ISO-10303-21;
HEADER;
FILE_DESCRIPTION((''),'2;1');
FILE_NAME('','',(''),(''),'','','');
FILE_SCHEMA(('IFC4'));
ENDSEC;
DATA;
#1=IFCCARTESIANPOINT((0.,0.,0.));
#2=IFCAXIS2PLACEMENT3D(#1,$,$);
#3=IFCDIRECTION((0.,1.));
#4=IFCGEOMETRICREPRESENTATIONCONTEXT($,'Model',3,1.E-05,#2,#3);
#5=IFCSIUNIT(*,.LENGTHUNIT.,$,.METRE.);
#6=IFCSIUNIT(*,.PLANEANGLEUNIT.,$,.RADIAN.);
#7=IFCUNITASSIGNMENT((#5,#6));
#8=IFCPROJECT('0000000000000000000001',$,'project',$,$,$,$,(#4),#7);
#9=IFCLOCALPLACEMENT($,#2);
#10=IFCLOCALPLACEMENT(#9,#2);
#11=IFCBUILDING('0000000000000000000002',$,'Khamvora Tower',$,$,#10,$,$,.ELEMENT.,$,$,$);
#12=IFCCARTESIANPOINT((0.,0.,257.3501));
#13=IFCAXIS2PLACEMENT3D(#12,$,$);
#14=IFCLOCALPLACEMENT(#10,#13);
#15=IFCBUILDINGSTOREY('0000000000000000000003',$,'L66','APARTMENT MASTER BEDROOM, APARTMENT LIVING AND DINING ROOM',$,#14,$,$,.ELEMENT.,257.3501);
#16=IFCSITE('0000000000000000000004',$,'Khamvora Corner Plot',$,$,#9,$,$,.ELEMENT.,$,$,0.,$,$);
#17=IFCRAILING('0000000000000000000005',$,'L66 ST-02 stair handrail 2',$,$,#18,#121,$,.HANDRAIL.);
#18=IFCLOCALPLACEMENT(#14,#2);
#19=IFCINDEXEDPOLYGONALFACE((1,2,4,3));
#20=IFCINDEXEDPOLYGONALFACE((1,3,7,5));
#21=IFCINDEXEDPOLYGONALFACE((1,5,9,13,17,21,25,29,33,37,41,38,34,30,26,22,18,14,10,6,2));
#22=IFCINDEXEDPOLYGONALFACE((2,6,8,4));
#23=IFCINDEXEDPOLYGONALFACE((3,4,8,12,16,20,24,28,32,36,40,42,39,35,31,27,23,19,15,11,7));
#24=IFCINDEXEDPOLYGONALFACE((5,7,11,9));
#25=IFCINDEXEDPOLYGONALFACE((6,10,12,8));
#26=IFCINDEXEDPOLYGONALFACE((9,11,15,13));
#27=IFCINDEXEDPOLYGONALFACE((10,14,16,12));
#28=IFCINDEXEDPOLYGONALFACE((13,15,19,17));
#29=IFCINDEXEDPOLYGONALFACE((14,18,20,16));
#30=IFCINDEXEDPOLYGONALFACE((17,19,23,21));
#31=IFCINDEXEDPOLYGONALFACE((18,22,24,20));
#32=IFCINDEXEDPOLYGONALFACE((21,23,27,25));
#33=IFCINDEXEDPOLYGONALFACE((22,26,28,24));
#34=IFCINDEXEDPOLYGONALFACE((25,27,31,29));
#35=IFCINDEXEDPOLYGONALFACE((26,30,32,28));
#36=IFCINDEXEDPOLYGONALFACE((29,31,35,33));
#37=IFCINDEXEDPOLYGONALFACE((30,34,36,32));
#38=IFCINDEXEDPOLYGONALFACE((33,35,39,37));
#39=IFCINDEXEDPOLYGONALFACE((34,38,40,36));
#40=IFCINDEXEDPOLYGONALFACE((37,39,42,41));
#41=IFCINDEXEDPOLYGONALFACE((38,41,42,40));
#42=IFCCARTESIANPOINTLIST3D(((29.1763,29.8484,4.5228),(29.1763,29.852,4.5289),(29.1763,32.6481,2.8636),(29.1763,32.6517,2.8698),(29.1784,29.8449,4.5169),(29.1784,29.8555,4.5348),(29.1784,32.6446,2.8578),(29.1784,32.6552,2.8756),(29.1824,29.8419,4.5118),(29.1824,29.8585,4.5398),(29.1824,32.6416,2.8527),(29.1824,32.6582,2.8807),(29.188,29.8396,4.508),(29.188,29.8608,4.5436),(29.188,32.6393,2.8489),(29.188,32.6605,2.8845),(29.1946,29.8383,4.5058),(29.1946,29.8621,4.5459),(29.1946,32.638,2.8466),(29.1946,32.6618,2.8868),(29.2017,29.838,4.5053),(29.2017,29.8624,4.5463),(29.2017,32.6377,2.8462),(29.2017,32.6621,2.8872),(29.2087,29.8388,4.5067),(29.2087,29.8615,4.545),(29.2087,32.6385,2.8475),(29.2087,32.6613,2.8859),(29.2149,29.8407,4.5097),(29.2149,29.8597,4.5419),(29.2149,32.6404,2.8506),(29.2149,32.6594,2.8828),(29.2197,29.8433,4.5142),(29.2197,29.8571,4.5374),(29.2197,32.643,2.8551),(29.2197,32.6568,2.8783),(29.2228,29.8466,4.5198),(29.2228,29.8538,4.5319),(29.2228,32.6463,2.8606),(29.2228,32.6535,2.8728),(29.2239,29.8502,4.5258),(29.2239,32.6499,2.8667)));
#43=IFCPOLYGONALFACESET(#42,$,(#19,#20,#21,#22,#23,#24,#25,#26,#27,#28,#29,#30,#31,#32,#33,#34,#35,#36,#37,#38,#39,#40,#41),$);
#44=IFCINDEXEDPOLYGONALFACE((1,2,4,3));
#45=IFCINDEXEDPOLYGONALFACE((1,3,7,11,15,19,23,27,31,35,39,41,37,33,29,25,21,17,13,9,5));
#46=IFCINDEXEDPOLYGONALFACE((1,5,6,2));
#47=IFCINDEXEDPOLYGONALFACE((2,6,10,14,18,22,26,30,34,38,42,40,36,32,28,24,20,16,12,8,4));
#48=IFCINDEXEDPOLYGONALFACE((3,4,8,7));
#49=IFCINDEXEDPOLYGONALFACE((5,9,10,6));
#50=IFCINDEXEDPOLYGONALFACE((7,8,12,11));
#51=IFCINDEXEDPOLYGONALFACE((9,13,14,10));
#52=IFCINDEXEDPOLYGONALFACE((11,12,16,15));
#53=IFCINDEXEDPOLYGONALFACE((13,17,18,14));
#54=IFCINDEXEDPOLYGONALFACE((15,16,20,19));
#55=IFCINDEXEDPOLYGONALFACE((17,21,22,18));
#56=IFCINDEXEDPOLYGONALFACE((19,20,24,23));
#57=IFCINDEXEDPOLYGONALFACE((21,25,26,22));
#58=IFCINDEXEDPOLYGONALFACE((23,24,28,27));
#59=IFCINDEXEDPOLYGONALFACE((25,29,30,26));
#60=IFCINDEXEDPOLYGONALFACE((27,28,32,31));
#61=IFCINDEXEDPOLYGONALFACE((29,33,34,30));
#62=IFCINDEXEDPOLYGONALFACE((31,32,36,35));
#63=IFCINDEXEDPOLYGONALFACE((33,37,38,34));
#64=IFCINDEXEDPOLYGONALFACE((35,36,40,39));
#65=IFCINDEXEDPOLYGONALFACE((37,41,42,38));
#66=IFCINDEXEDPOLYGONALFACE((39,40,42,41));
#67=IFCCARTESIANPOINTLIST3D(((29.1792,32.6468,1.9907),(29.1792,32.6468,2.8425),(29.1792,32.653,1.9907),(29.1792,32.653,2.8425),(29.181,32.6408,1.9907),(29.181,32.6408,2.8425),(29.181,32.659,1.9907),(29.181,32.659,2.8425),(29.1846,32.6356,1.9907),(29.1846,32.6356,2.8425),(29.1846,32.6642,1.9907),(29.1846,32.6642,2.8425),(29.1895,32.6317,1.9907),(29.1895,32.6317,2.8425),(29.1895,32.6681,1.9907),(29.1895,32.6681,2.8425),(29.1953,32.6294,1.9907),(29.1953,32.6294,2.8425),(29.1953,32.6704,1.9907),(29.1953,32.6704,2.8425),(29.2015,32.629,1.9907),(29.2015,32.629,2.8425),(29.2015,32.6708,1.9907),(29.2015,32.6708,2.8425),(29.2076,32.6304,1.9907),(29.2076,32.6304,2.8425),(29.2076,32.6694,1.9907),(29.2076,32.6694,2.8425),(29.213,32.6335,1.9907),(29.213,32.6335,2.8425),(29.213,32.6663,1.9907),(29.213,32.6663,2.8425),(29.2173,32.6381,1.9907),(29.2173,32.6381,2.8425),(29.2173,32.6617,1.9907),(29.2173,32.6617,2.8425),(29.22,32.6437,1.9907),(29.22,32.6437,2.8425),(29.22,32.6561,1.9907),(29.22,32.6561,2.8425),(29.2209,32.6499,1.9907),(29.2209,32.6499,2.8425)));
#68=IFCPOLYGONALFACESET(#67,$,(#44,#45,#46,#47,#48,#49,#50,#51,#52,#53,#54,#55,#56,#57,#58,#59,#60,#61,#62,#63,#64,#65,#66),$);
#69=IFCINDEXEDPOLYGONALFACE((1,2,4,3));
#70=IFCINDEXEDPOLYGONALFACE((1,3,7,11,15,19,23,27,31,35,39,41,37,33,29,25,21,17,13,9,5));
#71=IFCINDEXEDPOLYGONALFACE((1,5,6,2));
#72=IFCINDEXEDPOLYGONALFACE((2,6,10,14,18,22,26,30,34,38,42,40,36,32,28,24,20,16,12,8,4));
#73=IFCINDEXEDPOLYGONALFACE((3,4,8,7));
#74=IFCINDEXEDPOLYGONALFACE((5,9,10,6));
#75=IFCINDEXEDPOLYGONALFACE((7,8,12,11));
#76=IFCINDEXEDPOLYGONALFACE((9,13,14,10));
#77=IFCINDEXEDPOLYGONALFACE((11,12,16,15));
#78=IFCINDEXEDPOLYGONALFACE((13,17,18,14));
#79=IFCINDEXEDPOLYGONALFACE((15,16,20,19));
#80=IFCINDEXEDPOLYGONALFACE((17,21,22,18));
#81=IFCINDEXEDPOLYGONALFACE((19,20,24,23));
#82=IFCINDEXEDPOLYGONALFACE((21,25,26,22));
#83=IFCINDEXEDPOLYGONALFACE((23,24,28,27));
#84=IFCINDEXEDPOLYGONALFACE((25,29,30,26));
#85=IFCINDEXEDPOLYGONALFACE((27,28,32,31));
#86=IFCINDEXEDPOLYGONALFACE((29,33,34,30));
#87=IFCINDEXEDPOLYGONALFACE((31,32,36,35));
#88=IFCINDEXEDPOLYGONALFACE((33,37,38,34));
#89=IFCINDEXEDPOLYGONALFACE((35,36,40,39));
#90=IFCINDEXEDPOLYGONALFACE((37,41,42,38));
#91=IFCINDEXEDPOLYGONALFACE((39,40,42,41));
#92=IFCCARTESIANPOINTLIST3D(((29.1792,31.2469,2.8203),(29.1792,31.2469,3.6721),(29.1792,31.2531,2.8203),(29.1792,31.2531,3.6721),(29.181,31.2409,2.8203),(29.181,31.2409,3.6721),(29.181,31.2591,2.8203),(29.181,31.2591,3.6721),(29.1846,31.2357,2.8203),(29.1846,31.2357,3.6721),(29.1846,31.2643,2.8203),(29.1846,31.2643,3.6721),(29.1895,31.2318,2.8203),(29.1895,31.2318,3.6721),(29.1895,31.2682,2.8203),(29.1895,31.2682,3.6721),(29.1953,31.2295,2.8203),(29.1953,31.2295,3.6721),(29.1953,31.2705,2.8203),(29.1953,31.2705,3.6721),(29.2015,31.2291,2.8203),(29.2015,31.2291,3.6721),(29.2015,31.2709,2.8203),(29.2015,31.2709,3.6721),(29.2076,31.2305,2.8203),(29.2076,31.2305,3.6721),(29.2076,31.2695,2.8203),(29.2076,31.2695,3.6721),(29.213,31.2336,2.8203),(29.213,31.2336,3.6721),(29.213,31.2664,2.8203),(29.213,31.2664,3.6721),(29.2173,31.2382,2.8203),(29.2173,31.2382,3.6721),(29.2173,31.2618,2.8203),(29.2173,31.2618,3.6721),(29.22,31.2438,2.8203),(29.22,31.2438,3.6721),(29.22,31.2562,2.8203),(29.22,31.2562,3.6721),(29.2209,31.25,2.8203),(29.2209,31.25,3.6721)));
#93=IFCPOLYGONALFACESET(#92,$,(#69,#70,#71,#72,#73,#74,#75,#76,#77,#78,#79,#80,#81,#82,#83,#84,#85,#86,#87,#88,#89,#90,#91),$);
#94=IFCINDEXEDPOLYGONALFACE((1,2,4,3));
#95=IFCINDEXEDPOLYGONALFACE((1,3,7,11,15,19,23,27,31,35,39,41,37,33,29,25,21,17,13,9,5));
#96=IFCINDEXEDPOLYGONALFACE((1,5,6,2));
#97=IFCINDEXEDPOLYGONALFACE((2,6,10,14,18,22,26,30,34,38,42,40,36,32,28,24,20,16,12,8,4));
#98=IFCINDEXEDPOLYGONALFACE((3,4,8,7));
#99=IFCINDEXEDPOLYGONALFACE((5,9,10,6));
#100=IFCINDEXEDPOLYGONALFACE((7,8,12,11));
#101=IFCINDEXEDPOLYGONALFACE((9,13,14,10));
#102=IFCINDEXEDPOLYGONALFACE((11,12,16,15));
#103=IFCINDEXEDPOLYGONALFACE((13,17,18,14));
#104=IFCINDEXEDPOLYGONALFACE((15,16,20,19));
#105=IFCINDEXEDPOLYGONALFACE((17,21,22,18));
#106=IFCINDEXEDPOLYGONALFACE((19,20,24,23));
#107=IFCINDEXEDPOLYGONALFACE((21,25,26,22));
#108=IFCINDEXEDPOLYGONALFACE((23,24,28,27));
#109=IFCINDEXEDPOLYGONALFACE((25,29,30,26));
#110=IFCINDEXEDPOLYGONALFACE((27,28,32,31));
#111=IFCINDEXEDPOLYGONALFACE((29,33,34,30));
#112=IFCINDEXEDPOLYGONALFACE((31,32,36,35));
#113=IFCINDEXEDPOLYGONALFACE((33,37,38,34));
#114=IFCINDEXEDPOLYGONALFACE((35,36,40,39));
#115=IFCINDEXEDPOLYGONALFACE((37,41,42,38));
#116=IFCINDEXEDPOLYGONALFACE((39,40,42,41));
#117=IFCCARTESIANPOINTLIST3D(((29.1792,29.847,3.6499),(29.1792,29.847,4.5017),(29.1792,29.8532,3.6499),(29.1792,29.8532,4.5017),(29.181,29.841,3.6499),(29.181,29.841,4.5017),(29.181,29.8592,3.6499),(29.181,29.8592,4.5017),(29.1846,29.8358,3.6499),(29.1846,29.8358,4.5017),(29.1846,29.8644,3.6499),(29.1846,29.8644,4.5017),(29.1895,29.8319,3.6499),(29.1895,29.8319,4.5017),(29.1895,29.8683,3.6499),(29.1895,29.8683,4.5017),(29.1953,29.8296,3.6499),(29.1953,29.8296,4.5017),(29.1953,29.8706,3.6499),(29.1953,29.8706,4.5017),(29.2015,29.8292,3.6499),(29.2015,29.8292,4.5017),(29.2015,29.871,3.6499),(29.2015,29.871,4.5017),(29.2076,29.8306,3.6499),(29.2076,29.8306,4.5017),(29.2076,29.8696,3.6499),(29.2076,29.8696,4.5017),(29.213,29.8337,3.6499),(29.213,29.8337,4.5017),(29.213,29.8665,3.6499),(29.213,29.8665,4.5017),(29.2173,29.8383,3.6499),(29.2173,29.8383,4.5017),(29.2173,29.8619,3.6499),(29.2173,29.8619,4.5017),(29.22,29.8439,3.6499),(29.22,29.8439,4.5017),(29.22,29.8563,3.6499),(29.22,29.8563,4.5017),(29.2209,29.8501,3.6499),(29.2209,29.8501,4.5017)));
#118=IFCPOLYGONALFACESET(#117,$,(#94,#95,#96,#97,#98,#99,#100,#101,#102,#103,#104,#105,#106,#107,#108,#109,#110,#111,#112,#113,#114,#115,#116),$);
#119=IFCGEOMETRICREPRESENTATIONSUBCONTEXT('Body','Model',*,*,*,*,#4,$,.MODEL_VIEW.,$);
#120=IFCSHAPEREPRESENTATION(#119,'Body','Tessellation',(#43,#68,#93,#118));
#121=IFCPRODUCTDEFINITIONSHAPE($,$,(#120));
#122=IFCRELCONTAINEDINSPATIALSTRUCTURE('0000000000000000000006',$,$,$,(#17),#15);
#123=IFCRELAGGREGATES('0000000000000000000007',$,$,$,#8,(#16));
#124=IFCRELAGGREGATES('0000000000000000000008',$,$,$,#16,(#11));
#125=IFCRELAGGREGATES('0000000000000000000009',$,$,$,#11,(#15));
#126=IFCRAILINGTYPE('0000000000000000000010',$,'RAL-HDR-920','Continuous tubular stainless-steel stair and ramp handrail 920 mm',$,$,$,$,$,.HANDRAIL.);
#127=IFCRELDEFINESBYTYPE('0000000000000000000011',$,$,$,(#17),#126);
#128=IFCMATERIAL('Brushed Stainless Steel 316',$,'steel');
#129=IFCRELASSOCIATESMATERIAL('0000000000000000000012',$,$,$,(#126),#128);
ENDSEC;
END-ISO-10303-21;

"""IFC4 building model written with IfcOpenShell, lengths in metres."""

from ifc_helpers import new_model, si_unit, direction, frame, origin, origin_2d, place, context, subcontext, project, spatial, circle, extrude, material, type_object, element, save


model = new_model("IFC4")

# Units and contexts
model_context = context("Model", 3, precision=1e-05, world=origin(), true_north=direction((0.0, 1.0)))
body_context = subcontext(model_context, "Body", "Model", "MODEL_VIEW")
ifc_project = project(units=[si_unit("LENGTHUNIT", "METRE"), si_unit("PLANEANGLEUNIT", "RADIAN")], contexts=[model_context])

# Site, building, storey
site_placement = place(None, origin())
site = spatial("IfcSite", under=ifc_project, at=site_placement, Name="Khamvora Corner Plot", CompositionType="ELEMENT", RefElevation=0.0)
building_placement = place(site_placement, origin())
building = spatial("IfcBuilding", under=site, at=building_placement, Name="Khamvora Tower", CompositionType="ELEMENT")
storey_placement = place(building_placement, frame((0.0, 0.0, 257.3501)))
storey = spatial("IfcBuildingStorey", under=building, at=storey_placement, Name="L66", Description="APARTMENT MASTER BEDROOM, APARTMENT LIVING AND DINING ROOM", CompositionType="ELEMENT", Elevation=257.3501)

# Railing
ifc_material_1 = material(Name="Brushed Stainless Steel 316", Category="steel")
railing_type_1 = type_object("IfcRailingType", Name="RAL-HDR-920", Description="Continuous tubular stainless-steel stair and ramp handrail 920 mm", PredefinedType="HANDRAIL", material=ifc_material_1)
railing_1_placement = place(storey_placement, frame((29.2, 32.6499, 1.9907)))
element("IfcRailing", 1, at=railing_1_placement, inside=storey, type_object=railing_type_1, Name="L66 ST-02 stair handrail 2", PredefinedType="HANDRAIL", context=body_context, shape_type="SweptSolid", body=[
    extrude(circle(Radius=0.0239, at=origin_2d()), frame((0.0, 0.0, 0.876), z_axis=(0.0, -0.860287, 0.509811), x_axis=(1.0, 0.0, 0.0)), (0.0, 0.0, 1.0), 3.2544),
    extrude(circle(Radius=0.021, at=origin_2d()), origin(), (0.0, 0.0, 1.0), 0.8518),
    extrude(circle(Radius=0.021, at=origin_2d()), frame((0.0, -1.3999, 0.8296)), (0.0, 0.0, 1.0), 0.8518),
    extrude(circle(Radius=0.021, at=origin_2d()), frame((0.0, -2.7998, 1.6592)), (0.0, 0.0, 1.0), 0.8518),
])

save(model, "model.ifc")
